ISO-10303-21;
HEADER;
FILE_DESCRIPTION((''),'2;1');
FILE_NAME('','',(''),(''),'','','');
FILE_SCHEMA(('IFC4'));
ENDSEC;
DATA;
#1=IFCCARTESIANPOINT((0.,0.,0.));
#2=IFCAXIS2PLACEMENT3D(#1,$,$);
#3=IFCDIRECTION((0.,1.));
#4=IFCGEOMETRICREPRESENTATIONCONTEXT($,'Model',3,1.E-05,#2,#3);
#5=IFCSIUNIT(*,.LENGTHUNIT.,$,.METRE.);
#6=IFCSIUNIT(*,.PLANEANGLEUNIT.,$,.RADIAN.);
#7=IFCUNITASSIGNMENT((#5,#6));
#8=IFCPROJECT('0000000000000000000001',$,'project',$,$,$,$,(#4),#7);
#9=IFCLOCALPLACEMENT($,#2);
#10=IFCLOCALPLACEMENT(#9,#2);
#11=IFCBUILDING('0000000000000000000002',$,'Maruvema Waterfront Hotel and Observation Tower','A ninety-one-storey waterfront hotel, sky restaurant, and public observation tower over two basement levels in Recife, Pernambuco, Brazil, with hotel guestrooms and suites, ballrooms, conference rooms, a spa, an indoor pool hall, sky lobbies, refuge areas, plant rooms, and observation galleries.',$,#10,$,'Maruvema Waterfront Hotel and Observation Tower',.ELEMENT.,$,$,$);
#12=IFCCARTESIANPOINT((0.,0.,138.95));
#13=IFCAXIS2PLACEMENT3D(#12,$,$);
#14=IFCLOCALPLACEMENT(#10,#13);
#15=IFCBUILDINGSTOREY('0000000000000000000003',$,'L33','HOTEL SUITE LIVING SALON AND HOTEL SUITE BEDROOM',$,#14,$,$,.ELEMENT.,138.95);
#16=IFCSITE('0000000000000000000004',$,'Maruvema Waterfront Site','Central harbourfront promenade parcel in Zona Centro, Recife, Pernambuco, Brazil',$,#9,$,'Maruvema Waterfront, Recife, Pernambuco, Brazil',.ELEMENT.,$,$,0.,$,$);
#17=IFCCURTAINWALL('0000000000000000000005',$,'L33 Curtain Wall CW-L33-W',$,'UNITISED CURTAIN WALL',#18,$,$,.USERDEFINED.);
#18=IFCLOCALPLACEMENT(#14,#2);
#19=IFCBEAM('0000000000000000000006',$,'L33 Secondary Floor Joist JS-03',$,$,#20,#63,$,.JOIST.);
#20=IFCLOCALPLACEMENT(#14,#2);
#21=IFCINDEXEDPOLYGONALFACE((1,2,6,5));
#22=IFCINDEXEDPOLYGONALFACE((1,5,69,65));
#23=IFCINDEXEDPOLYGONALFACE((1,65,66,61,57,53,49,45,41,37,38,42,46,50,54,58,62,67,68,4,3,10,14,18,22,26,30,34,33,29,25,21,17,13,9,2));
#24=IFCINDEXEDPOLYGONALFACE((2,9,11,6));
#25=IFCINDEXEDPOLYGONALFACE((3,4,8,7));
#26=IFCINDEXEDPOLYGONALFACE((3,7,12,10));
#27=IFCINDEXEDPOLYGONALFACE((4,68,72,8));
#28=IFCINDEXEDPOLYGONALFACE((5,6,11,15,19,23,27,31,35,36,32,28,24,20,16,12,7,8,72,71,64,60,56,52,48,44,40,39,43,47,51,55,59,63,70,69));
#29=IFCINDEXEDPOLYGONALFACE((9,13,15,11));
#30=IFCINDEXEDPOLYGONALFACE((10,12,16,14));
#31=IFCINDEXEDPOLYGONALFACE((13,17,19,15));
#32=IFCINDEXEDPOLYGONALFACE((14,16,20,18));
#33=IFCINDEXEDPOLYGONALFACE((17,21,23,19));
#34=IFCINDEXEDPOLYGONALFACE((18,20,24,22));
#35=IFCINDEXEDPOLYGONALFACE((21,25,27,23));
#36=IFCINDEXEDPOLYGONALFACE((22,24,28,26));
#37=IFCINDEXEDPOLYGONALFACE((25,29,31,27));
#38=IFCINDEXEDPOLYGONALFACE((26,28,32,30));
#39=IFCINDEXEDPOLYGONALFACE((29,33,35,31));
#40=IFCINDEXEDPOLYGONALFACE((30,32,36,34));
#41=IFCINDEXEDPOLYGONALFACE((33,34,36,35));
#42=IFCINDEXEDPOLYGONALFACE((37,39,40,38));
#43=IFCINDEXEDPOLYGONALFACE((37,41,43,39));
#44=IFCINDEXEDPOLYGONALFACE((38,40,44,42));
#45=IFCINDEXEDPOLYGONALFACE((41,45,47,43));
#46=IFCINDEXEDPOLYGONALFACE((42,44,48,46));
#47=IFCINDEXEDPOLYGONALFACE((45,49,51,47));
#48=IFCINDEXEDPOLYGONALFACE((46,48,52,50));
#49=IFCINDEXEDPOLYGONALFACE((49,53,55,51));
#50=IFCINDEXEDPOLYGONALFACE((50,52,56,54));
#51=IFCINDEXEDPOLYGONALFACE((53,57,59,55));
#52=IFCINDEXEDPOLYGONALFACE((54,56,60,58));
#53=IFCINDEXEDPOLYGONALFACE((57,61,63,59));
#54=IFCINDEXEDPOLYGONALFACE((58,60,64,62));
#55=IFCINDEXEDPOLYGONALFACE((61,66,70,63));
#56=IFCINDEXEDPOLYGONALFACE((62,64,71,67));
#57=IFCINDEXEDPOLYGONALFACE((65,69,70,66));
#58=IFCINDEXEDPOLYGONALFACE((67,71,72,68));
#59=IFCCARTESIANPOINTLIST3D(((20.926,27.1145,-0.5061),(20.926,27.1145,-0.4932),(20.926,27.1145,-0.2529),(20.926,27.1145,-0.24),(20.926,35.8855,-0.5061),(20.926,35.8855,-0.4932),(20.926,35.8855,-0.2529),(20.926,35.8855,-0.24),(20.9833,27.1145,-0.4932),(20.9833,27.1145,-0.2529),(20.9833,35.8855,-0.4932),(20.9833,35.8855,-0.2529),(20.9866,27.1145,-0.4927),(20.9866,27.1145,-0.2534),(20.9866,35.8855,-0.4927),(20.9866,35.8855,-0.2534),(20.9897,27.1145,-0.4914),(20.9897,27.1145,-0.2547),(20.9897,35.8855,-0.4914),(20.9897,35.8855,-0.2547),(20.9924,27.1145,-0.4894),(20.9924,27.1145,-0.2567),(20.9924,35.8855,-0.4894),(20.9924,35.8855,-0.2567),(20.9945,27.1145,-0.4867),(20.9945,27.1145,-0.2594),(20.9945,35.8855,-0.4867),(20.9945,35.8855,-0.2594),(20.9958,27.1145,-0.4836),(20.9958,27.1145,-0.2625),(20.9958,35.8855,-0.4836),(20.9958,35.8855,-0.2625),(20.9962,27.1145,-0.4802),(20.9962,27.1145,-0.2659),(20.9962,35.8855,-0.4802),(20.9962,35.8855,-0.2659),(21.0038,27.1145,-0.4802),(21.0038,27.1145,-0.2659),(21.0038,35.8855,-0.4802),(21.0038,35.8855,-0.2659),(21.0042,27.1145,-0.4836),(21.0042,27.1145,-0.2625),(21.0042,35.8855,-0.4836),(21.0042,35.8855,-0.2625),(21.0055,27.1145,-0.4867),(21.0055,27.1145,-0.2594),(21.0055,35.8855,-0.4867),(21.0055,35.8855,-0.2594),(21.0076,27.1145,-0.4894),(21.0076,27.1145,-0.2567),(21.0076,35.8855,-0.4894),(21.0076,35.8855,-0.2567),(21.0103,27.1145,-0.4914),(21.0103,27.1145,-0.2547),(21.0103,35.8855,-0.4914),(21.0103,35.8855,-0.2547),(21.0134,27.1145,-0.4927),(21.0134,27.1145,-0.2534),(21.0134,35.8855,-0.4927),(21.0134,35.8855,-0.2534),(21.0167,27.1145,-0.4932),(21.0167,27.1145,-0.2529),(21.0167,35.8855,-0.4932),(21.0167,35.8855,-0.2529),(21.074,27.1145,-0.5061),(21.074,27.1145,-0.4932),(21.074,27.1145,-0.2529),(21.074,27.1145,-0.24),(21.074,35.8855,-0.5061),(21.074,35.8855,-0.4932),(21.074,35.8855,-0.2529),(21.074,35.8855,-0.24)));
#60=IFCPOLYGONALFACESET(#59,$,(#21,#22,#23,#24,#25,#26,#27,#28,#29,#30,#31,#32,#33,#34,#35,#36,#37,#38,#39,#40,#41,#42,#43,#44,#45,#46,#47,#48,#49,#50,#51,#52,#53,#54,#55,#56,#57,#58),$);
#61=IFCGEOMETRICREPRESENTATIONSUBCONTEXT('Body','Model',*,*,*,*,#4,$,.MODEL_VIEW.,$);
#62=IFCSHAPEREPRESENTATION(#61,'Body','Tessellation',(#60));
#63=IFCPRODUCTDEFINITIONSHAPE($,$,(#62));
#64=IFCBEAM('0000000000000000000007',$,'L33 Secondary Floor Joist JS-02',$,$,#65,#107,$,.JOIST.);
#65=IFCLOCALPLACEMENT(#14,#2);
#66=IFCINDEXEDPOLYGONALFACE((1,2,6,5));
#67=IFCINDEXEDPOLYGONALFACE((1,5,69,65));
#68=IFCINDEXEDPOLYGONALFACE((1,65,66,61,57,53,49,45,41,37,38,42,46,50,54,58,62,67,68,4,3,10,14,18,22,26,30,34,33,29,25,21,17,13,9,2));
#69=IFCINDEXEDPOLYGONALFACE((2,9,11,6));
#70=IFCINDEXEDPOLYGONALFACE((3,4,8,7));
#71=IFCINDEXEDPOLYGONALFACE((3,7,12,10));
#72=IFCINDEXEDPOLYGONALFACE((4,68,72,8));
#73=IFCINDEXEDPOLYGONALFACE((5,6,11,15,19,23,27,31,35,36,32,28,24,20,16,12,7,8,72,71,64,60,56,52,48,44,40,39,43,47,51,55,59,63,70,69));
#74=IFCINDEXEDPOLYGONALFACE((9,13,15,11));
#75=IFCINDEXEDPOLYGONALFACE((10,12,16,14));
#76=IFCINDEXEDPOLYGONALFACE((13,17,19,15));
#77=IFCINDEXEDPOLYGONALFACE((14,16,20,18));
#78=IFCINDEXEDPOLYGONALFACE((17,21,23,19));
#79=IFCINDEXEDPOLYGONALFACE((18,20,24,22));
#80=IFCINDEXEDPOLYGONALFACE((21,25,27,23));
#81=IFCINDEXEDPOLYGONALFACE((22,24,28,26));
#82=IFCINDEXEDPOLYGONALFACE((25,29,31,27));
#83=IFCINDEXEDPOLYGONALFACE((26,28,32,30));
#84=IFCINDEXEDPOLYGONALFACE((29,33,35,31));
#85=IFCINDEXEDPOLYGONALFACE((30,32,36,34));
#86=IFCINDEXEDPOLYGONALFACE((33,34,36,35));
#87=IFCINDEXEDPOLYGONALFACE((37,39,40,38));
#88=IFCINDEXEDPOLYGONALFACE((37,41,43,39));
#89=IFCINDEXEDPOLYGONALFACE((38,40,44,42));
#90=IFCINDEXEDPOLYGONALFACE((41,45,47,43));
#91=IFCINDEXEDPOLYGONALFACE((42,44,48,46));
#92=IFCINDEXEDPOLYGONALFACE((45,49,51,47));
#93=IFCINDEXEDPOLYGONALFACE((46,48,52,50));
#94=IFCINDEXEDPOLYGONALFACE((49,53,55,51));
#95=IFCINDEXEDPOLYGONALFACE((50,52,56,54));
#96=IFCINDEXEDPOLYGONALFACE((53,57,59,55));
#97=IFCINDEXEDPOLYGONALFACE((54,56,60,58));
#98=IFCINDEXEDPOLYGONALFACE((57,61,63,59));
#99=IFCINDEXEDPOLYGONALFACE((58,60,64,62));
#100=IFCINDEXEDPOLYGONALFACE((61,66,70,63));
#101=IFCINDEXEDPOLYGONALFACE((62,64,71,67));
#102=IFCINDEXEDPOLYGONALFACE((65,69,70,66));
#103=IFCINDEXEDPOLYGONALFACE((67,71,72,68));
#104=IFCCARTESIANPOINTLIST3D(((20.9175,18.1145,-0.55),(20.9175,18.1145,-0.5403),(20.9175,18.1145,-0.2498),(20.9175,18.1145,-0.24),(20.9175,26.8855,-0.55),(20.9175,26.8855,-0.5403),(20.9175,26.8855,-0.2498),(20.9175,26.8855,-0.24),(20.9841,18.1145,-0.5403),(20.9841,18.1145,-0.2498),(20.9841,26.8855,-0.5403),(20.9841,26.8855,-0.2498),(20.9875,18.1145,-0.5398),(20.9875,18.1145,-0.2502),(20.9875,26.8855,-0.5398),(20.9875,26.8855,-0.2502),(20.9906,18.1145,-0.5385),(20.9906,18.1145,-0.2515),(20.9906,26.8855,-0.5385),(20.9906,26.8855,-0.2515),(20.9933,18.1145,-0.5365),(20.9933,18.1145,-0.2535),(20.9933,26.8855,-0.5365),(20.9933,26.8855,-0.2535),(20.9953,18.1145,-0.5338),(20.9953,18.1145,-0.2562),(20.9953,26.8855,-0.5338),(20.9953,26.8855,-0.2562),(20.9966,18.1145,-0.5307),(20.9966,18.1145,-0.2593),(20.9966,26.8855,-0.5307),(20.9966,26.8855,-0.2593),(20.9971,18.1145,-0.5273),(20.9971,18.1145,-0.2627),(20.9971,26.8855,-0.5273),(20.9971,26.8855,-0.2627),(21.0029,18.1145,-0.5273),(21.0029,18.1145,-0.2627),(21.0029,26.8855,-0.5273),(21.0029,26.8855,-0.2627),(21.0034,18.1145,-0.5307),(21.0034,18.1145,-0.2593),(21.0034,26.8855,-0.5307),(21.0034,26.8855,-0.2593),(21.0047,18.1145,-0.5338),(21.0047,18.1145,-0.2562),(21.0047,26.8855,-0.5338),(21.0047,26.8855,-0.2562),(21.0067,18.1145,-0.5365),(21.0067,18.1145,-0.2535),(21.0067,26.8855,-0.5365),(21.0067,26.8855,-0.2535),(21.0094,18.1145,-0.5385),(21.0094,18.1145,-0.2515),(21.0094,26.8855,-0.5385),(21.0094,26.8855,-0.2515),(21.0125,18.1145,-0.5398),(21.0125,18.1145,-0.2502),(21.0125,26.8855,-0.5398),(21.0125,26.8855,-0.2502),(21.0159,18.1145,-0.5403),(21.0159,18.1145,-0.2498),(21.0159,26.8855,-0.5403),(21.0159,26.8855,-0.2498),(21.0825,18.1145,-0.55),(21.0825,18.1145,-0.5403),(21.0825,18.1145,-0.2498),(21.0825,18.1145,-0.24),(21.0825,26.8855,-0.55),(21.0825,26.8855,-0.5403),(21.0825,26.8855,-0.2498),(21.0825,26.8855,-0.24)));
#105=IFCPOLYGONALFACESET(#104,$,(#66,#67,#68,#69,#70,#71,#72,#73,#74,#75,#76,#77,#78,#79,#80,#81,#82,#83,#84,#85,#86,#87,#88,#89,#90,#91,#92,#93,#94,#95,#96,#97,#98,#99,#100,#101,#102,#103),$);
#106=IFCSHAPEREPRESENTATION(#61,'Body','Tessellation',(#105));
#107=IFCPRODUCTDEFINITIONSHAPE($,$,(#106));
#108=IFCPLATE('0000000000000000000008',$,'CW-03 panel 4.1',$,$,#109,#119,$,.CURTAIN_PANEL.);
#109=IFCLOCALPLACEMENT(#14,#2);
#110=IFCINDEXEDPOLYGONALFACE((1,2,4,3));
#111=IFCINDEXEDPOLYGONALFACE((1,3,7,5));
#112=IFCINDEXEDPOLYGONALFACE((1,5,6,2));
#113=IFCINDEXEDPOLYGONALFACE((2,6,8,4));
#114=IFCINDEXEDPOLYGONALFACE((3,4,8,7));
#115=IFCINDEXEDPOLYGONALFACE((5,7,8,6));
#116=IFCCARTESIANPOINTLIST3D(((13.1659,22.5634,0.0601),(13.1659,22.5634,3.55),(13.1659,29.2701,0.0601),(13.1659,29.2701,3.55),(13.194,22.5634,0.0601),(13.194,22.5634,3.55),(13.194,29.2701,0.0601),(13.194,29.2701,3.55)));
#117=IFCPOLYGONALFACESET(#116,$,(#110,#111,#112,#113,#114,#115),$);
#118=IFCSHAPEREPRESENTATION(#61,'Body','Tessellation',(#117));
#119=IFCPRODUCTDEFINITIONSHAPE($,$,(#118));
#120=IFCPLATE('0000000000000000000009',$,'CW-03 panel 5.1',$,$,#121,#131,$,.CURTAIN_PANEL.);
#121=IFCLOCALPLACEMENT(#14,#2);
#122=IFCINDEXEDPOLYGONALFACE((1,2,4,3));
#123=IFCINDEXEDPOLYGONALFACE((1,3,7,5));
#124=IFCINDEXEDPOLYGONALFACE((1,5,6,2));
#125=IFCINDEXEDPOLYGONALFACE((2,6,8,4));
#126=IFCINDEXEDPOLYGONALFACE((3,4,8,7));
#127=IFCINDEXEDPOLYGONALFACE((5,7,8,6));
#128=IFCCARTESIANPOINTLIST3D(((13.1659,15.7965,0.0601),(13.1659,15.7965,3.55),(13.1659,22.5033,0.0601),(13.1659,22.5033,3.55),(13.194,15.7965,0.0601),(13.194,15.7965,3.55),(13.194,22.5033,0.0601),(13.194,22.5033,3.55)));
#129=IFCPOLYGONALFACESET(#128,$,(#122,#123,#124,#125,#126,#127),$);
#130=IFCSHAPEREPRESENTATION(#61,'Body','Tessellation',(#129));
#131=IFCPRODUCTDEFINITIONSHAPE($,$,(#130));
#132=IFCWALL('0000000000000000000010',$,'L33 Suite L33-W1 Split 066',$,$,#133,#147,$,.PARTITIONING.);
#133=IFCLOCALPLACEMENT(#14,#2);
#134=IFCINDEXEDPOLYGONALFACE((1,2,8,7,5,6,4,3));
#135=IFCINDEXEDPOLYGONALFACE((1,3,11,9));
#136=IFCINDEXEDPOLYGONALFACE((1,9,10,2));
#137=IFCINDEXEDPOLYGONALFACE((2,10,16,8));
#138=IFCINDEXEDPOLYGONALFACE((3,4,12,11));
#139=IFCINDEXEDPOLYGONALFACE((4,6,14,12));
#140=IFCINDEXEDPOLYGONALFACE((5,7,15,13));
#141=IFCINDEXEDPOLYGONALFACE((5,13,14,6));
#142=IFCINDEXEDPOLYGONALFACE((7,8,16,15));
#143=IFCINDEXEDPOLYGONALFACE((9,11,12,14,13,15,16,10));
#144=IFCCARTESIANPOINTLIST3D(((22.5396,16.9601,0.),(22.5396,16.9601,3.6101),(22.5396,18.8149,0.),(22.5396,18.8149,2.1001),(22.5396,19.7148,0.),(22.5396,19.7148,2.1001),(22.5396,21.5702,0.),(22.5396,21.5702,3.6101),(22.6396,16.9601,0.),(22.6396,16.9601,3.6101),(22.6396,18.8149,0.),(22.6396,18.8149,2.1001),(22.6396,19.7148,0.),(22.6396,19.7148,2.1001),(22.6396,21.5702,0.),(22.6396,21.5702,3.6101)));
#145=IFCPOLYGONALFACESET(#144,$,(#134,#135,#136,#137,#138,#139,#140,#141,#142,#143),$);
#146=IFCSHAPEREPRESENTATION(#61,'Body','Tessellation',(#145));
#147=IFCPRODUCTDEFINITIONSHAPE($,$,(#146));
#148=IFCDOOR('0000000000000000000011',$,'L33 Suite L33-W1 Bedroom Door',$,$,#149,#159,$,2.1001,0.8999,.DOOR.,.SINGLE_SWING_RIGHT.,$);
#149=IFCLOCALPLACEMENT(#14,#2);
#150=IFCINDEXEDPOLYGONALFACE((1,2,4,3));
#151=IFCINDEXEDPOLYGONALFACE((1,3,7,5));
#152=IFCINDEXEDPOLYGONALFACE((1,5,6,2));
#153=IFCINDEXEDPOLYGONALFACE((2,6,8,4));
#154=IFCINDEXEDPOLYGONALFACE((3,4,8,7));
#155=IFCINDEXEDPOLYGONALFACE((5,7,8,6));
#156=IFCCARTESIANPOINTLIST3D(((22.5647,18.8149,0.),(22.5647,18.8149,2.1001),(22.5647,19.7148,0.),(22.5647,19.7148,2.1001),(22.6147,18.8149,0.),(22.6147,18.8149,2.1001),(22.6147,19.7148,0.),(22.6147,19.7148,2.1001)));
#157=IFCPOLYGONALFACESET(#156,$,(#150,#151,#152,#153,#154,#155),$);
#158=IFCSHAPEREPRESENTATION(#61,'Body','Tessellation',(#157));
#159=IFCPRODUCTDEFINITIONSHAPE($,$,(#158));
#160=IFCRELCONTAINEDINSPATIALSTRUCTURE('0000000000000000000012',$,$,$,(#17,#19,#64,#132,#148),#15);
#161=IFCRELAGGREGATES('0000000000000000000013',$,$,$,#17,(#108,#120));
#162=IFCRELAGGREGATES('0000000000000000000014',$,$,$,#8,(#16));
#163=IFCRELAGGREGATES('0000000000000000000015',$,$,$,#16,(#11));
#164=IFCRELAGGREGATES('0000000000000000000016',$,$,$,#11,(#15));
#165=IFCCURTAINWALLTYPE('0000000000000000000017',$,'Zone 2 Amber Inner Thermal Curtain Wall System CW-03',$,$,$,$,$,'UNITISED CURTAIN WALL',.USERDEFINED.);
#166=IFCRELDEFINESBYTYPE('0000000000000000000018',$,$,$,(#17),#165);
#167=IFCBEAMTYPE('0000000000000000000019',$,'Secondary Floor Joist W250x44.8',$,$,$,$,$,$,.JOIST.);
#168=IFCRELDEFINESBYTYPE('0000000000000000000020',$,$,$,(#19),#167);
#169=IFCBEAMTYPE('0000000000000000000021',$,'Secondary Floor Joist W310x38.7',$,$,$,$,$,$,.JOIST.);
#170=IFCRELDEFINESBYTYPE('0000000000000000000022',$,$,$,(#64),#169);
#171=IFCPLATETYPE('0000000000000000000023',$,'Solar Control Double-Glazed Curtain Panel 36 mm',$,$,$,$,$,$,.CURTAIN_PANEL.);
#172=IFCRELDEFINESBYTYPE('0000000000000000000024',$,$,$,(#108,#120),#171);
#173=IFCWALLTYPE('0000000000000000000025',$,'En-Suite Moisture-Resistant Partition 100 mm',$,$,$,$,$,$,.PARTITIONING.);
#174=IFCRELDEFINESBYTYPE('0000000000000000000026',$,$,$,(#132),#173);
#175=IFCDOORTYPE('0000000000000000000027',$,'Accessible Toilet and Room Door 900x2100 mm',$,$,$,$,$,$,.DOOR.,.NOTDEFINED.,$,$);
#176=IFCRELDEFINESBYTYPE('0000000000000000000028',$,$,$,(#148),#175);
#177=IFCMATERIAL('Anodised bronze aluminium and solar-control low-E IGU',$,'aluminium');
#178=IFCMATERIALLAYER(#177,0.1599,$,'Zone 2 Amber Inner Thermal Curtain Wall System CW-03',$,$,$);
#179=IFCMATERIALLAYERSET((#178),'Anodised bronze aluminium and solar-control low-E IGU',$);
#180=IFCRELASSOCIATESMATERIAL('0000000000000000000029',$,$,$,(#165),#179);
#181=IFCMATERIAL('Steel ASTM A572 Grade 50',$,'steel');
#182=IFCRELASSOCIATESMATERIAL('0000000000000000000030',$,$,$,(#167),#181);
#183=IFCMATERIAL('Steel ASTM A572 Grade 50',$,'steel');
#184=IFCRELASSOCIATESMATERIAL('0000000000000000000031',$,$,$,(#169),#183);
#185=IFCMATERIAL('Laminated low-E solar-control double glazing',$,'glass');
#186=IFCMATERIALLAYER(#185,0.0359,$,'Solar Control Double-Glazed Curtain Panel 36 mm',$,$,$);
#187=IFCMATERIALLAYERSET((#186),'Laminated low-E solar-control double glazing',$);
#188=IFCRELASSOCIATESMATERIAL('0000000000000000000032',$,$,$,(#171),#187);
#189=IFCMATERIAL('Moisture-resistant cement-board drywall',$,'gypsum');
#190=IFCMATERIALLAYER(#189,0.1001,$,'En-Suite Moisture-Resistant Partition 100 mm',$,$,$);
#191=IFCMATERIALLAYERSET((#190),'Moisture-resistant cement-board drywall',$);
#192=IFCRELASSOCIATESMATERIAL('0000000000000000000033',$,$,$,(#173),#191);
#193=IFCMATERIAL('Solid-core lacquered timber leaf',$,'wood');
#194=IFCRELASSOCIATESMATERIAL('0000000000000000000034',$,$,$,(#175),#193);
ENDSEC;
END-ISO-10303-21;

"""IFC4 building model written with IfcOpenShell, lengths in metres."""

from ifc_helpers import new_model, si_unit, direction, frame, frame_2d, origin, origin_2d, place, context, subcontext, project, spatial, rectangle, i_section, extrude, material, layer, layer_set, material_profile, profile_set, type_object, element, fill, aggregate, save


model = new_model("IFC4")

# Units and contexts
model_context = context("Model", 3, precision=1e-05, world=origin(), true_north=direction((0.0, 1.0)))
body_context = subcontext(model_context, "Body", "Model", "MODEL_VIEW")
ifc_project = project(units=[si_unit("LENGTHUNIT", "METRE"), si_unit("PLANEANGLEUNIT", "RADIAN")], contexts=[model_context])

# Site, building, storey
site_placement = place(None, origin())
site = spatial("IfcSite", under=ifc_project, at=site_placement, Name="Maruvema Waterfront Site", Description="Central harbourfront promenade parcel in Zona Centro, Recife, Pernambuco, Brazil", LongName="Maruvema Waterfront, Recife, Pernambuco, Brazil", CompositionType="ELEMENT", RefElevation=0.0)
building_placement = place(site_placement, origin())
building = spatial("IfcBuilding", under=site, at=building_placement, Name="Maruvema Waterfront Hotel and Observation Tower", Description="A ninety-one-storey waterfront hotel, sky restaurant, and public observation tower over two basement levels in Recife, Pernambuco, Brazil, with hotel guestrooms and suites, ballrooms, conference rooms, a spa, an indoor pool hall, sky lobbies, refuge areas, plant rooms, and observation galleries.", LongName="Maruvema Waterfront Hotel and Observation Tower", CompositionType="ELEMENT")
storey_placement = place(building_placement, frame((0.0, 0.0, 138.95)))
storey = spatial("IfcBuildingStorey", under=building, at=storey_placement, Name="L33", Description="HOTEL SUITE LIVING SALON AND HOTEL SUITE BEDROOM", CompositionType="ELEMENT", Elevation=138.95)

# Curtain wall
ifc_material_1 = material(Name="Anodised bronze aluminium and solar-control low-E IGU", Category="aluminium")
ifc_layer_1 = layer(ifc_material_1, 0.1599, Name="Zone 2 Amber Inner Thermal Curtain Wall System CW-03")
ifc_layer_set_1 = layer_set([ifc_layer_1], Name="Anodised bronze aluminium and solar-control low-E IGU")
curtain_wall_type = type_object("IfcCurtainWallType", Name="Zone 2 Amber Inner Thermal Curtain Wall System CW-03", ElementType="UNITISED CURTAIN WALL", PredefinedType="USERDEFINED", material=ifc_layer_set_1)
curtain_wall_placement = place(storey_placement, origin())
curtain_wall = element("IfcCurtainWall", 1, at=curtain_wall_placement, inside=storey, type_object=curtain_wall_type, Name="L33 Curtain Wall CW-L33-W", ObjectType="UNITISED CURTAIN WALL", PredefinedType="USERDEFINED")

# Beams
ifc_material_2 = material(Name="Steel ASTM A572 Grade 50", Category="steel")
ifc_material_profile_1 = material_profile(ifc_material_2, i_section(OverallWidth=0.1479, OverallDepth=0.2661, WebThickness=0.0076, FlangeThickness=0.0129, FilletRadius=0.0129, at=origin_2d()), Name="W250x44.8")
ifc_profile_set_1 = profile_set([ifc_material_profile_1], Name="Steel ASTM A572 Grade 50")
beam_type_1 = type_object("IfcBeamType", Name="Secondary Floor Joist W250x44.8", PredefinedType="JOIST", material=ifc_profile_set_1)
beam_1_placement = place(storey_placement, frame((21.0, 27.1145, -0.373), z_axis=(0.0, 1.0, 0.0), x_axis=(-1.0, 0.0, 0.0)))
element("IfcBeam", 2, at=beam_1_placement, inside=storey, type_object=beam_type_1, Name="L33 Secondary Floor Joist JS-03", PredefinedType="JOIST", context=body_context, shape_type="SweptSolid", body=[
    extrude(i_section(OverallWidth=0.1479, OverallDepth=0.2661, WebThickness=0.0076, FlangeThickness=0.0129, FilletRadius=0.0129, at=origin_2d()), origin(), (0.0, 0.0, 1.0), 8.771),
])
ifc_material_3 = material(Name="Steel ASTM A572 Grade 50", Category="steel")
ifc_material_profile_2 = material_profile(ifc_material_3, i_section(OverallWidth=0.165, OverallDepth=0.3101, WebThickness=0.0059, FlangeThickness=0.0098, FilletRadius=0.0129, at=origin_2d()), Name="W310x38.7")
ifc_profile_set_2 = profile_set([ifc_material_profile_2], Name="Steel ASTM A572 Grade 50")
beam_type_2 = type_object("IfcBeamType", Name="Secondary Floor Joist W310x38.7", PredefinedType="JOIST", material=ifc_profile_set_2)
beam_2_placement = place(storey_placement, frame((21.0, 18.1145, -0.395), z_axis=(0.0, 1.0, 0.0), x_axis=(-1.0, 0.0, 0.0)))
element("IfcBeam", 3, at=beam_2_placement, inside=storey, type_object=beam_type_2, Name="L33 Secondary Floor Joist JS-02", PredefinedType="JOIST", context=body_context, shape_type="SweptSolid", body=[
    extrude(i_section(OverallWidth=0.165, OverallDepth=0.3101, WebThickness=0.0059, FlangeThickness=0.0098, FilletRadius=0.0129, at=origin_2d()), origin(), (0.0, 0.0, 1.0), 8.771),
])

# Plates
ifc_material_4 = material(Name="Laminated low-E solar-control double glazing", Category="glass")
ifc_layer_2 = layer(ifc_material_4, 0.0359, Name="Solar Control Double-Glazed Curtain Panel 36 mm")
ifc_layer_set_2 = layer_set([ifc_layer_2], Name="Laminated low-E solar-control double glazing")
plate_type = type_object("IfcPlateType", Name="Solar Control Double-Glazed Curtain Panel 36 mm", PredefinedType="CURTAIN_PANEL", material=ifc_layer_set_2)
plate_1_placement = place(storey_placement, frame((13.1799, 25.9167, 0.0601), z_axis=(0.0, 0.0, 1.0), x_axis=(0.0, -1.0, 0.0)))
plate_1 = element("IfcPlate", 4, at=plate_1_placement, type_object=plate_type, Name="CW-03 panel 4.1", PredefinedType="CURTAIN_PANEL", context=body_context, shape_type="SweptSolid", body=[
    extrude(rectangle(XDim=6.7068, YDim=0.0281, at=origin_2d()), origin(), (0.0, 0.0, 1.0), 3.49),
])
plate_2_placement = place(storey_placement, frame((13.1799, 19.1499, 0.0601), z_axis=(0.0, 0.0, 1.0), x_axis=(0.0, -1.0, 0.0)))
plate_2 = element("IfcPlate", 5, at=plate_2_placement, type_object=plate_type, Name="CW-03 panel 5.1", PredefinedType="CURTAIN_PANEL", context=body_context, shape_type="SweptSolid", body=[
    extrude(rectangle(XDim=6.7068, YDim=0.0281, at=origin_2d()), origin(), (0.0, 0.0, 1.0), 3.49),
])
aggregate(curtain_wall, [plate_1, plate_2])

# Wall, opening, door
ifc_material_5 = material(Name="Moisture-resistant cement-board drywall", Category="gypsum")
ifc_layer_3 = layer(ifc_material_5, 0.1001, Name="En-Suite Moisture-Resistant Partition 100 mm")
ifc_layer_set_3 = layer_set([ifc_layer_3], Name="Moisture-resistant cement-board drywall")
wall_type_1 = type_object("IfcWallType", Name="En-Suite Moisture-Resistant Partition 100 mm", PredefinedType="PARTITIONING", material=ifc_layer_set_3)
wall_1_placement = place(storey_placement, frame((22.5896, 16.96, 0.0), z_axis=(0.0, 0.0, 1.0), x_axis=(0.0, 1.0, 0.0)))
wall_1 = element("IfcWall", 6, at=wall_1_placement, inside=storey, type_object=wall_type_1, Name="L33 Suite L33-W1 Split 066", PredefinedType="PARTITIONING", context=body_context, shape_type="SweptSolid", body=[
    extrude(rectangle(XDim=4.6101, YDim=0.1001, at=frame_2d((2.3052, 0.0))), origin(), (0.0, 0.0, 1.0), 3.6101),
])
opening_1_placement = place(wall_1_placement, frame((1.855, 0.0, 0.0)))
opening_1 = element("IfcOpeningElement", 7, at=opening_1_placement, cuts=wall_1, PredefinedType="OPENING", context=body_context, shape_type="SweptSolid", body=[
    extrude(rectangle(XDim=0.8999, YDim=2.1001, at=frame_2d((0.45, 1.05))), frame((0.0, 0.0601, 0.0), z_axis=(0.0, -1.0, 0.0), x_axis=(1.0, 0.0, 0.0)), (0.0, 0.0, 1.0), 0.1201),
])
ifc_material_6 = material(Name="Solid-core lacquered timber leaf", Category="wood")
door_type = type_object("IfcDoorType", Name="Accessible Toilet and Room Door 900x2100 mm", OperationType="NOTDEFINED", PredefinedType="DOOR", material=ifc_material_6)
door_1_placement = place(opening_1_placement, origin())
door_1 = element("IfcDoor", 8, at=door_1_placement, inside=storey, type_object=door_type, Name="L33 Suite L33-W1 Bedroom Door", OperationType="SINGLE_SWING_RIGHT", OverallHeight=2.1001, OverallWidth=0.8999, PredefinedType="DOOR", context=body_context, shape_type="SweptSolid", body=[
    extrude(rectangle(XDim=0.8999, YDim=2.1001, at=frame_2d((0.45, 1.05))), frame((0.0, 0.0249, 0.0), z_axis=(0.0, -1.0, 0.0), x_axis=(1.0, 0.0, 0.0)), (0.0, 0.0, 1.0), 0.05),
])
fill(opening_1, door_1)

save(model, "model.ifc")
